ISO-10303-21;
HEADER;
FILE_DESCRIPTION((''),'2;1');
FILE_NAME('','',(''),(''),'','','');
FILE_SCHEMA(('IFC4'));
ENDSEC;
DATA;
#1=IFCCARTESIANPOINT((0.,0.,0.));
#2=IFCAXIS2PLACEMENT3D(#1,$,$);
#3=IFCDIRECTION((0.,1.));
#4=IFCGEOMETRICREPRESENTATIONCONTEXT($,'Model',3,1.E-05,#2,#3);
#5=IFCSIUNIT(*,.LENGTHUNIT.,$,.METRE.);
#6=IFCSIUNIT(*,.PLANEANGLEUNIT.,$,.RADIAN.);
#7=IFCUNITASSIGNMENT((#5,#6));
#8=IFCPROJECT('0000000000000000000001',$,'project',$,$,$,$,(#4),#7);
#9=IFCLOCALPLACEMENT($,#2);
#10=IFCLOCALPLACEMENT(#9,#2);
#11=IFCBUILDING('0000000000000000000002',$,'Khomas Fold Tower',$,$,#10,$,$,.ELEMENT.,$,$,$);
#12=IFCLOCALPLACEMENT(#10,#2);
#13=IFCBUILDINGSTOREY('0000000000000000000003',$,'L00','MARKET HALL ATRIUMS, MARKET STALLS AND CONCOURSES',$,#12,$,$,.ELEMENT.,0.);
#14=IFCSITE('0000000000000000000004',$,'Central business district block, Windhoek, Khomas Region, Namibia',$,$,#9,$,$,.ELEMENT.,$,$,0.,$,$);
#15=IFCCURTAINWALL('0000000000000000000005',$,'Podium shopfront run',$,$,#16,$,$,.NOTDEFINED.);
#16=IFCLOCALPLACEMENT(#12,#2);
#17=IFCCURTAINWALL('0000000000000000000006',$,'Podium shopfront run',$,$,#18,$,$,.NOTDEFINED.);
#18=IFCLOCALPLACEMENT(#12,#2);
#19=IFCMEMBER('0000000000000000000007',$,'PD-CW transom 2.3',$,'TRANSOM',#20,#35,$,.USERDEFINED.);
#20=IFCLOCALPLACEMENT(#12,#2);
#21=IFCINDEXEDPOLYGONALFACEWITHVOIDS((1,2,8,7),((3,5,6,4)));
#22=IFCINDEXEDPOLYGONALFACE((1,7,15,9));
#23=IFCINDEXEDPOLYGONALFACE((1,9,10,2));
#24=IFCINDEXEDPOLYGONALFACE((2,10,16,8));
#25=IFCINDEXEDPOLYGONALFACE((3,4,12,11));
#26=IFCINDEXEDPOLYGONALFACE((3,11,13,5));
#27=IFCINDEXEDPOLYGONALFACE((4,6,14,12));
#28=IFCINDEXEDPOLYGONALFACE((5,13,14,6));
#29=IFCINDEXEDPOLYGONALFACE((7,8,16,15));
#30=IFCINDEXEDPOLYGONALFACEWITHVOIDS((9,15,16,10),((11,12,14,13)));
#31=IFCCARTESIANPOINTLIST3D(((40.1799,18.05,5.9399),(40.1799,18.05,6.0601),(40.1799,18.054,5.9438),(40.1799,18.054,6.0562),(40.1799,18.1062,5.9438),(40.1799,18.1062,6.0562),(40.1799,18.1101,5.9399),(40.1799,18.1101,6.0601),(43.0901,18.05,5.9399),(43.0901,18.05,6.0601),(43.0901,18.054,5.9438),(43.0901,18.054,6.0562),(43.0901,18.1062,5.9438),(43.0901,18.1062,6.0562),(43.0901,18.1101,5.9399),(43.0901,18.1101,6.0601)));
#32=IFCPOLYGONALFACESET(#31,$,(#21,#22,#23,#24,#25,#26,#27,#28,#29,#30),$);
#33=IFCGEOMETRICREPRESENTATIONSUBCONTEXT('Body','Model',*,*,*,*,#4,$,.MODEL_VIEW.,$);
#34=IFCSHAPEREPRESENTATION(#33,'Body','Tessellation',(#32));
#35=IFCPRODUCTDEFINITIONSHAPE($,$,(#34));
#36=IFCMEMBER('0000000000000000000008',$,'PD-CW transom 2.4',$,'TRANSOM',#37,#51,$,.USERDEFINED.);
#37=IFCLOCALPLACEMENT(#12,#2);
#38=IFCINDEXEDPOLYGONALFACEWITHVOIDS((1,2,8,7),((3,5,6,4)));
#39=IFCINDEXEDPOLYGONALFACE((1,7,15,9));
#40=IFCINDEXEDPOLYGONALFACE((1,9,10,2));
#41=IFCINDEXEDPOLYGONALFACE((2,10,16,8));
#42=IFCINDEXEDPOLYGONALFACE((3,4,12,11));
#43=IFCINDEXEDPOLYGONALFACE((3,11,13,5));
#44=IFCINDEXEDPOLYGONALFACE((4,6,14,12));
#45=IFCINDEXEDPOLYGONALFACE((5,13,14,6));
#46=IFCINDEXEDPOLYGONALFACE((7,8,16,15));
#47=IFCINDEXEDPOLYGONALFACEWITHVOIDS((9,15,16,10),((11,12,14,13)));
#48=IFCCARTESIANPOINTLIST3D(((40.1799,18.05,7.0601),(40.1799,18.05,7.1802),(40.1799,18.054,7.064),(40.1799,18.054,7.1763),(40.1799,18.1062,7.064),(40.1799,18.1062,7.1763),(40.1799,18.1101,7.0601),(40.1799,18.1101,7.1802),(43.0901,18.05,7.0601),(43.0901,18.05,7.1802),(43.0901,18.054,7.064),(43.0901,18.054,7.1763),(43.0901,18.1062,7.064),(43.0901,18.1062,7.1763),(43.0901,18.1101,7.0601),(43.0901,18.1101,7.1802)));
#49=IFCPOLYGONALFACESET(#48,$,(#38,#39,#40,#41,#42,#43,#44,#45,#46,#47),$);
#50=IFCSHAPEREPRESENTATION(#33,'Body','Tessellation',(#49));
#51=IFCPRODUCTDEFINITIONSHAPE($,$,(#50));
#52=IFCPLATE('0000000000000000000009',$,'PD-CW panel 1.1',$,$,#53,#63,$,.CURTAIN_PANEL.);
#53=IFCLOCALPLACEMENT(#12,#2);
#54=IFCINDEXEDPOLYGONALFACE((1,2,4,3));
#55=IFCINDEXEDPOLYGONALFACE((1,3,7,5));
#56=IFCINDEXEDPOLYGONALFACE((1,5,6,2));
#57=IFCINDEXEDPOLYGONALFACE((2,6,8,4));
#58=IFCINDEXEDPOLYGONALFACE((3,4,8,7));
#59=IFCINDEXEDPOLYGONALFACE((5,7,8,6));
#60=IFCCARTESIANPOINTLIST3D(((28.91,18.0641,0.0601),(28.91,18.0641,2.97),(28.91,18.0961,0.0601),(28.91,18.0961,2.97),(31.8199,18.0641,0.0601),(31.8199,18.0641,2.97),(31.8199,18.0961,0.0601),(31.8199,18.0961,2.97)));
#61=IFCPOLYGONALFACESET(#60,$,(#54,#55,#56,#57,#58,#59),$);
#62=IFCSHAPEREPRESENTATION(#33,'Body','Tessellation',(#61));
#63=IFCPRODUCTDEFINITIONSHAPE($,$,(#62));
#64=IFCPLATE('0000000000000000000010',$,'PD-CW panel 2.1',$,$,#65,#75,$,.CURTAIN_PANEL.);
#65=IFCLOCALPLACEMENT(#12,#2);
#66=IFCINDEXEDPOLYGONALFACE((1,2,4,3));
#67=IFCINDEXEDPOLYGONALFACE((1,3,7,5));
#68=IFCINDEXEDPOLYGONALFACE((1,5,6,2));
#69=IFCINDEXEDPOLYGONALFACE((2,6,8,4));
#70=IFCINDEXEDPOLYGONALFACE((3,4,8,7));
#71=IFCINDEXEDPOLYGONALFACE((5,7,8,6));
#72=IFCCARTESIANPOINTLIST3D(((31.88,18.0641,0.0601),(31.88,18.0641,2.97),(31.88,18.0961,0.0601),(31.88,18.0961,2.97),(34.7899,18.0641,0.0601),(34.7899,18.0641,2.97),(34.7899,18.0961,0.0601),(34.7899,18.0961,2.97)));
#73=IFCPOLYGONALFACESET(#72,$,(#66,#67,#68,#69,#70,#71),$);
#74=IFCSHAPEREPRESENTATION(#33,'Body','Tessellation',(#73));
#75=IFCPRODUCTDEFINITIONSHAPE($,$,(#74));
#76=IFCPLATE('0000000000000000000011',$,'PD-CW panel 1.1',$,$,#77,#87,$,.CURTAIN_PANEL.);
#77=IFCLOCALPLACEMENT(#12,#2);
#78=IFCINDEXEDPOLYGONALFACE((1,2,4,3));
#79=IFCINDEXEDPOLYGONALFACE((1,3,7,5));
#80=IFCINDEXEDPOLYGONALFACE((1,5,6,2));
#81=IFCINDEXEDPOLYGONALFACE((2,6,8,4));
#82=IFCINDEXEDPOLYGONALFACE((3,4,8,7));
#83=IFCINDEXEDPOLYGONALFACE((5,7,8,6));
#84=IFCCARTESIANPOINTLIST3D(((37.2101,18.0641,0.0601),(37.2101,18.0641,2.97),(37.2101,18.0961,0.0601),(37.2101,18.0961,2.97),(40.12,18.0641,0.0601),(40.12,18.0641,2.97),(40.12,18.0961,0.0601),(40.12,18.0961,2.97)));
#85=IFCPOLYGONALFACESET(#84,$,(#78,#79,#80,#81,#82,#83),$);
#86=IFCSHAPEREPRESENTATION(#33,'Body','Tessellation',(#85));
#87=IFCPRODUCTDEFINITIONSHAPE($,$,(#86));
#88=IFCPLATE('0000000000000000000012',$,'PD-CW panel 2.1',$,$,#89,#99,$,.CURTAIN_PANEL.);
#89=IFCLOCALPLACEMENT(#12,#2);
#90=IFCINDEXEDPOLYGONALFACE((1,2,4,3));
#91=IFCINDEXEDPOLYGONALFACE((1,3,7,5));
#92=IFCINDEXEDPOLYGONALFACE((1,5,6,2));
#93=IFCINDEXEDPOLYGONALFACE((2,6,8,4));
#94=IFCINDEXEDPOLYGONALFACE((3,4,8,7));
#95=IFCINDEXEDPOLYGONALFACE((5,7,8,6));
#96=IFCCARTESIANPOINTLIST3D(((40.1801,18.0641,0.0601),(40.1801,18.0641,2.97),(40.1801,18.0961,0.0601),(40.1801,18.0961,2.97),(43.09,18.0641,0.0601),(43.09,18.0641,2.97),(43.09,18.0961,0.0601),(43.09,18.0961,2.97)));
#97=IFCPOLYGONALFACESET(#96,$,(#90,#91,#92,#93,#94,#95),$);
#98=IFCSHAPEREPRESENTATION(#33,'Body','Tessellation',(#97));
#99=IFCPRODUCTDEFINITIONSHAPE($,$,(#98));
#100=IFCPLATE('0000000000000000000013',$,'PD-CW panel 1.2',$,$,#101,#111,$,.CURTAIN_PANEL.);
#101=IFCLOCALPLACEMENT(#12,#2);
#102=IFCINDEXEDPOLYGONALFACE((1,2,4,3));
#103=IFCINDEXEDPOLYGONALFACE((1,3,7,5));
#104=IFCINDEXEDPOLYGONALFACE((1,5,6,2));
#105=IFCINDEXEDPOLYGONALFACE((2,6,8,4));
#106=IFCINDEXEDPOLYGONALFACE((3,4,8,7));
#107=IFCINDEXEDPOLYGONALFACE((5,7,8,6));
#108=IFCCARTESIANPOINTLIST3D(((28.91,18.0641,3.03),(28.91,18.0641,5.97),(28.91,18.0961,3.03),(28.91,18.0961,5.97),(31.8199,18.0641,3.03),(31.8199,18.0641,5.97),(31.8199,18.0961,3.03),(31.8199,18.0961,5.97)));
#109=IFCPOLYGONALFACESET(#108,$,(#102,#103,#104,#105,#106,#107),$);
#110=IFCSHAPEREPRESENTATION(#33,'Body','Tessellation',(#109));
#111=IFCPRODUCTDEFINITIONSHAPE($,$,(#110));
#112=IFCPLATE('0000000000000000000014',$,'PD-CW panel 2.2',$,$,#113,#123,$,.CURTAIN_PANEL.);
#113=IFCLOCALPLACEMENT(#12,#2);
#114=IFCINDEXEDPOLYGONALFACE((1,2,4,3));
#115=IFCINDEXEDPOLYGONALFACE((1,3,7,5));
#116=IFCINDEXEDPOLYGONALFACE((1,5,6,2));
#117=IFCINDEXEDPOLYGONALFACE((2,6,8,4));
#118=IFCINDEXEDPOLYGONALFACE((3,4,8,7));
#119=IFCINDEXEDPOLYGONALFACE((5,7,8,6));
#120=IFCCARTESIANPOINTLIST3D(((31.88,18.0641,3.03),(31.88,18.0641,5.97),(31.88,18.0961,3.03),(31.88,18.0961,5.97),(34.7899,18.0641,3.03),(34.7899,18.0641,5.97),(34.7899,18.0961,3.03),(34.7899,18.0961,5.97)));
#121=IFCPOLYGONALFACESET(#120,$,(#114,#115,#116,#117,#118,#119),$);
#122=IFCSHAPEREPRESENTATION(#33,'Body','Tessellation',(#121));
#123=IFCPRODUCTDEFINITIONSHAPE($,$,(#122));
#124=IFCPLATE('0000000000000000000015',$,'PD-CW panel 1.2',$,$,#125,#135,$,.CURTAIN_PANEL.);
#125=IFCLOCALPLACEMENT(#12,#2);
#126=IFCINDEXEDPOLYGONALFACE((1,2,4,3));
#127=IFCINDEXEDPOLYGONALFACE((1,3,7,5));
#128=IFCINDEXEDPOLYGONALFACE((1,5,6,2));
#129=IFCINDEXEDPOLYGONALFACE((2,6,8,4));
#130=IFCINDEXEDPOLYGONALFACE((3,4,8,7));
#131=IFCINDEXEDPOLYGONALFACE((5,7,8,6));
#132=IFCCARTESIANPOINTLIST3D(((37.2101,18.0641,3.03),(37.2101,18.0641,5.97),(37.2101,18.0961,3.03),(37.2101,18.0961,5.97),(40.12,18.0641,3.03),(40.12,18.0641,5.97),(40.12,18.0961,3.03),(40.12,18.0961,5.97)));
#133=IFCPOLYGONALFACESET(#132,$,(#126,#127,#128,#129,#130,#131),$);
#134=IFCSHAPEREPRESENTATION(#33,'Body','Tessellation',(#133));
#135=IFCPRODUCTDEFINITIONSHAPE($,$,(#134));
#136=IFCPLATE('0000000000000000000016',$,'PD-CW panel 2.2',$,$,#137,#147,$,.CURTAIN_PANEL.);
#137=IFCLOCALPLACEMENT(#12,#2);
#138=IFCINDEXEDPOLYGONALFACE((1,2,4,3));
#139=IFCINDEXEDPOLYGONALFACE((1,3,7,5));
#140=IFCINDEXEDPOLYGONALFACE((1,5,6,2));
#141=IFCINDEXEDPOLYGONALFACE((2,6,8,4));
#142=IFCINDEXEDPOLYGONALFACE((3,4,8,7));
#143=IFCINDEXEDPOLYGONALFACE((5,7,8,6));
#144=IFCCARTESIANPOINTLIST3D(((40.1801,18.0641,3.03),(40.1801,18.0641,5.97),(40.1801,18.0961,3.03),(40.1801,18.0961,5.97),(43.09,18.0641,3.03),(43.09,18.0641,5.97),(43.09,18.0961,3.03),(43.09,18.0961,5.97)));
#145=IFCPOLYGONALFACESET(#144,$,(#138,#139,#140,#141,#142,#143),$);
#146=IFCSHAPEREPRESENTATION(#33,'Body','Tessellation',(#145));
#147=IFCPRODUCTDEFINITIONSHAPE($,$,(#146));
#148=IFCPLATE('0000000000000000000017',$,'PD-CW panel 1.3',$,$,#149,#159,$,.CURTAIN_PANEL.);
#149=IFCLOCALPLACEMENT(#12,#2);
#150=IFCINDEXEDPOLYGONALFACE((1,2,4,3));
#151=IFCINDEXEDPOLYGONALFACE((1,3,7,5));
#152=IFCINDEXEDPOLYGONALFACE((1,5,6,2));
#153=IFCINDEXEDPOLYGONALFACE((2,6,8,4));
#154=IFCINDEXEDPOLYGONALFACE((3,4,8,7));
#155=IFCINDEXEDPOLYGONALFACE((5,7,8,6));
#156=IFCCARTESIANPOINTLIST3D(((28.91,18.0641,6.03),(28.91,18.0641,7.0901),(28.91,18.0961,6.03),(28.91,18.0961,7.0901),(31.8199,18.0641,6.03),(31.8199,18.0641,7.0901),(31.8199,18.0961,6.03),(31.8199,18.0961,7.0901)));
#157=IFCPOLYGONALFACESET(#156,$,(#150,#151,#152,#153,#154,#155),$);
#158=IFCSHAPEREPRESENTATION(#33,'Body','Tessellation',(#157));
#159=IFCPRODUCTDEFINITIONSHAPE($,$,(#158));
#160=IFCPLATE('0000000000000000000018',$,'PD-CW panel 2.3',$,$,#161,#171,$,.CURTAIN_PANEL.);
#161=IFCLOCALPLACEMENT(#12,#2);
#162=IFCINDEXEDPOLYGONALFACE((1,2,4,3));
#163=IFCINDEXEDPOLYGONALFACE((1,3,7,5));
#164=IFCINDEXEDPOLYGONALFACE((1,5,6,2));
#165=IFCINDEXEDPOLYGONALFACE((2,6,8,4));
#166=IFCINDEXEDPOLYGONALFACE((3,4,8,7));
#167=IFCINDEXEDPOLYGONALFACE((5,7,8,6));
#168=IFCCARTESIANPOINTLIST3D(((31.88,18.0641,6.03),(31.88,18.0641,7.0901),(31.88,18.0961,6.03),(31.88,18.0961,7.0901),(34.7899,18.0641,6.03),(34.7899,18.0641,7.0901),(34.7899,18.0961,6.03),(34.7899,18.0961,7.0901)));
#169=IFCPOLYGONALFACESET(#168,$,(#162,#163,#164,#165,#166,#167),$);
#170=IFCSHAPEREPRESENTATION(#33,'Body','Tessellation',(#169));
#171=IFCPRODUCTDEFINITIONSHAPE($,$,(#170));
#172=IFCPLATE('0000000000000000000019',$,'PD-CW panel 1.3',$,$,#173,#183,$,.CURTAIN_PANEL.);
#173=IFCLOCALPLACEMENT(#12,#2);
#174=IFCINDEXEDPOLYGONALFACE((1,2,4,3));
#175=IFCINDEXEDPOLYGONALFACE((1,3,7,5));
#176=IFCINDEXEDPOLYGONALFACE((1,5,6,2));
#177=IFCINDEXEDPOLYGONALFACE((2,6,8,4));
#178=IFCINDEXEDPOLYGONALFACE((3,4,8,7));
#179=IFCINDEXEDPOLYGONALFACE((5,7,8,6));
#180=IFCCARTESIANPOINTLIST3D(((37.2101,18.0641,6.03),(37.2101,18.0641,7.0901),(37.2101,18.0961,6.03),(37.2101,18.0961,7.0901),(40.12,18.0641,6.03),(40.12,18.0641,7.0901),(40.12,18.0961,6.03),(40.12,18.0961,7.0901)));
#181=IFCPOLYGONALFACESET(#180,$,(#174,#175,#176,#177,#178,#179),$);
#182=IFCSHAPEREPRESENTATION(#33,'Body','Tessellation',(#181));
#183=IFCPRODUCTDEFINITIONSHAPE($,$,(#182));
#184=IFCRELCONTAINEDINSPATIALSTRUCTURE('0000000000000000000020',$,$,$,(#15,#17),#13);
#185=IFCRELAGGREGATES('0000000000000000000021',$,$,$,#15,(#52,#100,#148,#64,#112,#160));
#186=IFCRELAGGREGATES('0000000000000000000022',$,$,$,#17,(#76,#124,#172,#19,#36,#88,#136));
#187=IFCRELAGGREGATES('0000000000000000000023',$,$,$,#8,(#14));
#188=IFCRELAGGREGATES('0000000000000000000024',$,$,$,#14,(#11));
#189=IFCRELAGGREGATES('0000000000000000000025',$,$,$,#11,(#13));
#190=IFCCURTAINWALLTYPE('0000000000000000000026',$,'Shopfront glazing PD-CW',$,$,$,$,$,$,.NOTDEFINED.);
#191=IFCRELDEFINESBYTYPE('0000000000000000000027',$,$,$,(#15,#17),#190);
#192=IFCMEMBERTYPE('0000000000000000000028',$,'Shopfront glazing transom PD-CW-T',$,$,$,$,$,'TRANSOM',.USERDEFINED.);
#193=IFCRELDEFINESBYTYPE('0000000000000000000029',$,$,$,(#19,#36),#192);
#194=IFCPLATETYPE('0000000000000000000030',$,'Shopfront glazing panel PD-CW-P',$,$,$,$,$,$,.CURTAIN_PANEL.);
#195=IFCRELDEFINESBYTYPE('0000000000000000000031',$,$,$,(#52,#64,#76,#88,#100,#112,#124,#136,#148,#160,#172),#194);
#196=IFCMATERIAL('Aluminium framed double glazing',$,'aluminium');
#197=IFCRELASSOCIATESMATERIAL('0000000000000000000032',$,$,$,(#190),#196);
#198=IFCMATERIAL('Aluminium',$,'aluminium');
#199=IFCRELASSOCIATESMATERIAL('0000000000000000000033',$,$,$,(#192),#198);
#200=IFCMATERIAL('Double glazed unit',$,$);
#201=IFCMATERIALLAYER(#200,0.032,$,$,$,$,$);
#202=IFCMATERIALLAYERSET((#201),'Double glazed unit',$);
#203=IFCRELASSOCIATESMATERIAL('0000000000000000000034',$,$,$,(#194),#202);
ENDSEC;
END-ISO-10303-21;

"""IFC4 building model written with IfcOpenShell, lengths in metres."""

from ifc_helpers import new_model, si_unit, direction, frame, origin, origin_2d, place, context, subcontext, project, spatial, rectangle, hollow_rectangle, extrude, source, transform, mapped, material, layer, layer_set, material_profile, profile_set, type_object, element, aggregate, save


model = new_model("IFC4")

# Units and contexts
model_context = context("Model", 3, precision=1e-05, world=origin(), true_north=direction((0.0, 1.0)))
body_context = subcontext(model_context, "Body", "Model", "MODEL_VIEW")
ifc_project = project(units=[si_unit("LENGTHUNIT", "METRE"), si_unit("PLANEANGLEUNIT", "RADIAN")], contexts=[model_context])

# Site, building, storey
site_placement = place(None, origin())
site = spatial("IfcSite", under=ifc_project, at=site_placement, Name="Central business district block, Windhoek, Khomas Region, Namibia", CompositionType="ELEMENT", RefElevation=0.0)
building_placement = place(site_placement, origin())
building = spatial("IfcBuilding", under=site, at=building_placement, Name="Khomas Fold Tower", CompositionType="ELEMENT")
storey_placement = place(building_placement, origin())
storey = spatial("IfcBuildingStorey", under=building, at=storey_placement, Name="L00", Description="MARKET HALL ATRIUMS, MARKET STALLS AND CONCOURSES", CompositionType="ELEMENT", Elevation=0.0)

# Curtain walls
ifc_material_1 = material(Name="Aluminium framed double glazing", Category="aluminium")
curtain_wall_type = type_object("IfcCurtainWallType", Name="Shopfront glazing PD-CW", PredefinedType="NOTDEFINED", material=ifc_material_1)
curtain_wall_1_placement = place(storey_placement, origin())
curtain_wall_1 = element("IfcCurtainWall", 1, at=curtain_wall_1_placement, inside=storey, type_object=curtain_wall_type, Name="Podium shopfront run", PredefinedType="NOTDEFINED")
curtain_wall_2_placement = place(storey_placement, origin())
curtain_wall_2 = element("IfcCurtainWall", 2, at=curtain_wall_2_placement, inside=storey, type_object=curtain_wall_type, Name="Podium shopfront run", PredefinedType="NOTDEFINED")

# Members
ifc_material_2 = material(Name="Aluminium", Category="aluminium")
ifc_material_profile_1 = material_profile(ifc_material_2, hollow_rectangle(XDim=0.0601, YDim=0.1201, WallThickness=0.0039, at=origin_2d()), Name="Shopfront glazing transom PD-CW-T")
ifc_profile_set_1 = profile_set([ifc_material_profile_1], Name="Aluminium")
member_type_1 = type_object("IfcMemberType", Name="Shopfront glazing transom PD-CW-T", ElementType="TRANSOM", PredefinedType="USERDEFINED", material=ifc_profile_set_1)
shared_shape_1 = source(origin(), body_context, "Body", "SweptSolid", [
    extrude(hollow_rectangle(XDim=0.0601, YDim=0.1201, WallThickness=0.0039, at=origin_2d()), origin(), (0.0, 0.0, 1.0), 2.9102),
])
member_1_placement = place(storey_placement, frame((40.1799, 18.0801, 6.0), z_axis=(1.0, 0.0, 0.0), x_axis=(0.0, 1.0, 0.0)))
member_1 = element("IfcMember", 3, at=member_1_placement, type_object=member_type_1, Name="PD-CW transom 2.3", ObjectType="TRANSOM", PredefinedType="USERDEFINED", context=body_context, shape_type="MappedRepresentation", body=[
    mapped(shared_shape_1, transform((0.0, 0.0, 0.0))),
])
member_2_placement = place(storey_placement, frame((40.1799, 18.0801, 7.1201), z_axis=(1.0, 0.0, 0.0), x_axis=(0.0, 1.0, 0.0)))
member_2 = element("IfcMember", 4, at=member_2_placement, type_object=member_type_1, Name="PD-CW transom 2.4", ObjectType="TRANSOM", PredefinedType="USERDEFINED", context=body_context, shape_type="MappedRepresentation", body=[
    mapped(shared_shape_1, transform((0.0, 0.0, 0.0))),
])

# Plates
ifc_material_3 = material(Name="Double glazed unit")
ifc_layer_1 = layer(ifc_material_3, 0.032)
ifc_layer_set_1 = layer_set([ifc_layer_1], Name="Double glazed unit")
plate_type = type_object("IfcPlateType", Name="Shopfront glazing panel PD-CW-P", PredefinedType="CURTAIN_PANEL", material=ifc_layer_set_1)
shared_shape_2 = source(origin(), body_context, "Body", "SweptSolid", [
    extrude(rectangle(XDim=2.9099, YDim=0.032, at=origin_2d()), origin(), (0.0, 0.0, 1.0), 2.9099),
])
plate_1_placement = place(storey_placement, frame((30.365, 18.0801, 0.0601), z_axis=(0.0, 0.0, 1.0), x_axis=(1.0, 0.0, 0.0)))
plate_1 = element("IfcPlate", 5, at=plate_1_placement, type_object=plate_type, Name="PD-CW panel 1.1", PredefinedType="CURTAIN_PANEL", context=body_context, shape_type="MappedRepresentation", body=[
    mapped(shared_shape_2, transform((0.0, 0.0, 0.0))),
])
plate_2_placement = place(storey_placement, frame((33.335, 18.0801, 0.0601), z_axis=(0.0, 0.0, 1.0), x_axis=(1.0, 0.0, 0.0)))
plate_2 = element("IfcPlate", 6, at=plate_2_placement, type_object=plate_type, Name="PD-CW panel 2.1", PredefinedType="CURTAIN_PANEL", context=body_context, shape_type="MappedRepresentation", body=[
    mapped(shared_shape_2, transform((0.0, 0.0, 0.0))),
])
plate_3_placement = place(storey_placement, frame((38.665, 18.0801, 0.0601), z_axis=(0.0, 0.0, 1.0), x_axis=(1.0, 0.0, 0.0)))
plate_3 = element("IfcPlate", 7, at=plate_3_placement, type_object=plate_type, Name="PD-CW panel 1.1", PredefinedType="CURTAIN_PANEL", context=body_context, shape_type="MappedRepresentation", body=[
    mapped(shared_shape_2, transform((0.0, 0.0, 0.0))),
])
plate_4_placement = place(storey_placement, frame((41.635, 18.0801, 0.0601), z_axis=(0.0, 0.0, 1.0), x_axis=(1.0, 0.0, 0.0)))
plate_4 = element("IfcPlate", 8, at=plate_4_placement, type_object=plate_type, Name="PD-CW panel 2.1", PredefinedType="CURTAIN_PANEL", context=body_context, shape_type="MappedRepresentation", body=[
    mapped(shared_shape_2, transform((0.0, 0.0, 0.0))),
])
shared_shape_3 = source(origin(), body_context, "Body", "SweptSolid", [
    extrude(rectangle(XDim=2.9099, YDim=0.032, at=origin_2d()), origin(), (0.0, 0.0, 1.0), 2.9399),
])
plate_5_placement = place(storey_placement, frame((30.365, 18.0801, 3.03), z_axis=(0.0, 0.0, 1.0), x_axis=(1.0, 0.0, 0.0)))
plate_5 = element("IfcPlate", 9, at=plate_5_placement, type_object=plate_type, Name="PD-CW panel 1.2", PredefinedType="CURTAIN_PANEL", context=body_context, shape_type="MappedRepresentation", body=[
    mapped(shared_shape_3, transform((0.0, 0.0, 0.0))),
])
plate_6_placement = place(storey_placement, frame((33.335, 18.0801, 3.03), z_axis=(0.0, 0.0, 1.0), x_axis=(1.0, 0.0, 0.0)))
plate_6 = element("IfcPlate", 10, at=plate_6_placement, type_object=plate_type, Name="PD-CW panel 2.2", PredefinedType="CURTAIN_PANEL", context=body_context, shape_type="MappedRepresentation", body=[
    mapped(shared_shape_3, transform((0.0, 0.0, 0.0))),
])
plate_7_placement = place(storey_placement, frame((38.665, 18.0801, 3.03), z_axis=(0.0, 0.0, 1.0), x_axis=(1.0, 0.0, 0.0)))
plate_7 = element("IfcPlate", 11, at=plate_7_placement, type_object=plate_type, Name="PD-CW panel 1.2", PredefinedType="CURTAIN_PANEL", context=body_context, shape_type="MappedRepresentation", body=[
    mapped(shared_shape_3, transform((0.0, 0.0, 0.0))),
])
plate_8_placement = place(storey_placement, frame((41.635, 18.0801, 3.03), z_axis=(0.0, 0.0, 1.0), x_axis=(1.0, 0.0, 0.0)))
plate_8 = element("IfcPlate", 12, at=plate_8_placement, type_object=plate_type, Name="PD-CW panel 2.2", PredefinedType="CURTAIN_PANEL", context=body_context, shape_type="MappedRepresentation", body=[
    mapped(shared_shape_3, transform((0.0, 0.0, 0.0))),
])
shared_shape_4 = source(origin(), body_context, "Body", "SweptSolid", [
    extrude(rectangle(XDim=2.9099, YDim=0.032, at=origin_2d()), origin(), (0.0, 0.0, 1.0), 1.0601),
])
plate_9_placement = place(storey_placement, frame((30.365, 18.0801, 6.03), z_axis=(0.0, 0.0, 1.0), x_axis=(1.0, 0.0, 0.0)))
plate_9 = element("IfcPlate", 13, at=plate_9_placement, type_object=plate_type, Name="PD-CW panel 1.3", PredefinedType="CURTAIN_PANEL", context=body_context, shape_type="MappedRepresentation", body=[
    mapped(shared_shape_4, transform((0.0, 0.0, 0.0))),
])
plate_10_placement = place(storey_placement, frame((33.335, 18.0801, 6.03), z_axis=(0.0, 0.0, 1.0), x_axis=(1.0, 0.0, 0.0)))
plate_10 = element("IfcPlate", 14, at=plate_10_placement, type_object=plate_type, Name="PD-CW panel 2.3", PredefinedType="CURTAIN_PANEL", context=body_context, shape_type="MappedRepresentation", body=[
    mapped(shared_shape_4, transform((0.0, 0.0, 0.0))),
])
aggregate(curtain_wall_1, [plate_1, plate_5, plate_9, plate_2, plate_6, plate_10])
plate_11_placement = place(storey_placement, frame((38.665, 18.0801, 6.03), z_axis=(0.0, 0.0, 1.0), x_axis=(1.0, 0.0, 0.0)))
plate_11 = element("IfcPlate", 15, at=plate_11_placement, type_object=plate_type, Name="PD-CW panel 1.3", PredefinedType="CURTAIN_PANEL", context=body_context, shape_type="MappedRepresentation", body=[
    mapped(shared_shape_4, transform((0.0, 0.0, 0.0))),
])
aggregate(curtain_wall_2, [plate_3, plate_7, plate_11, member_1, member_2, plate_4, plate_8])

save(model, "model.ifc")
